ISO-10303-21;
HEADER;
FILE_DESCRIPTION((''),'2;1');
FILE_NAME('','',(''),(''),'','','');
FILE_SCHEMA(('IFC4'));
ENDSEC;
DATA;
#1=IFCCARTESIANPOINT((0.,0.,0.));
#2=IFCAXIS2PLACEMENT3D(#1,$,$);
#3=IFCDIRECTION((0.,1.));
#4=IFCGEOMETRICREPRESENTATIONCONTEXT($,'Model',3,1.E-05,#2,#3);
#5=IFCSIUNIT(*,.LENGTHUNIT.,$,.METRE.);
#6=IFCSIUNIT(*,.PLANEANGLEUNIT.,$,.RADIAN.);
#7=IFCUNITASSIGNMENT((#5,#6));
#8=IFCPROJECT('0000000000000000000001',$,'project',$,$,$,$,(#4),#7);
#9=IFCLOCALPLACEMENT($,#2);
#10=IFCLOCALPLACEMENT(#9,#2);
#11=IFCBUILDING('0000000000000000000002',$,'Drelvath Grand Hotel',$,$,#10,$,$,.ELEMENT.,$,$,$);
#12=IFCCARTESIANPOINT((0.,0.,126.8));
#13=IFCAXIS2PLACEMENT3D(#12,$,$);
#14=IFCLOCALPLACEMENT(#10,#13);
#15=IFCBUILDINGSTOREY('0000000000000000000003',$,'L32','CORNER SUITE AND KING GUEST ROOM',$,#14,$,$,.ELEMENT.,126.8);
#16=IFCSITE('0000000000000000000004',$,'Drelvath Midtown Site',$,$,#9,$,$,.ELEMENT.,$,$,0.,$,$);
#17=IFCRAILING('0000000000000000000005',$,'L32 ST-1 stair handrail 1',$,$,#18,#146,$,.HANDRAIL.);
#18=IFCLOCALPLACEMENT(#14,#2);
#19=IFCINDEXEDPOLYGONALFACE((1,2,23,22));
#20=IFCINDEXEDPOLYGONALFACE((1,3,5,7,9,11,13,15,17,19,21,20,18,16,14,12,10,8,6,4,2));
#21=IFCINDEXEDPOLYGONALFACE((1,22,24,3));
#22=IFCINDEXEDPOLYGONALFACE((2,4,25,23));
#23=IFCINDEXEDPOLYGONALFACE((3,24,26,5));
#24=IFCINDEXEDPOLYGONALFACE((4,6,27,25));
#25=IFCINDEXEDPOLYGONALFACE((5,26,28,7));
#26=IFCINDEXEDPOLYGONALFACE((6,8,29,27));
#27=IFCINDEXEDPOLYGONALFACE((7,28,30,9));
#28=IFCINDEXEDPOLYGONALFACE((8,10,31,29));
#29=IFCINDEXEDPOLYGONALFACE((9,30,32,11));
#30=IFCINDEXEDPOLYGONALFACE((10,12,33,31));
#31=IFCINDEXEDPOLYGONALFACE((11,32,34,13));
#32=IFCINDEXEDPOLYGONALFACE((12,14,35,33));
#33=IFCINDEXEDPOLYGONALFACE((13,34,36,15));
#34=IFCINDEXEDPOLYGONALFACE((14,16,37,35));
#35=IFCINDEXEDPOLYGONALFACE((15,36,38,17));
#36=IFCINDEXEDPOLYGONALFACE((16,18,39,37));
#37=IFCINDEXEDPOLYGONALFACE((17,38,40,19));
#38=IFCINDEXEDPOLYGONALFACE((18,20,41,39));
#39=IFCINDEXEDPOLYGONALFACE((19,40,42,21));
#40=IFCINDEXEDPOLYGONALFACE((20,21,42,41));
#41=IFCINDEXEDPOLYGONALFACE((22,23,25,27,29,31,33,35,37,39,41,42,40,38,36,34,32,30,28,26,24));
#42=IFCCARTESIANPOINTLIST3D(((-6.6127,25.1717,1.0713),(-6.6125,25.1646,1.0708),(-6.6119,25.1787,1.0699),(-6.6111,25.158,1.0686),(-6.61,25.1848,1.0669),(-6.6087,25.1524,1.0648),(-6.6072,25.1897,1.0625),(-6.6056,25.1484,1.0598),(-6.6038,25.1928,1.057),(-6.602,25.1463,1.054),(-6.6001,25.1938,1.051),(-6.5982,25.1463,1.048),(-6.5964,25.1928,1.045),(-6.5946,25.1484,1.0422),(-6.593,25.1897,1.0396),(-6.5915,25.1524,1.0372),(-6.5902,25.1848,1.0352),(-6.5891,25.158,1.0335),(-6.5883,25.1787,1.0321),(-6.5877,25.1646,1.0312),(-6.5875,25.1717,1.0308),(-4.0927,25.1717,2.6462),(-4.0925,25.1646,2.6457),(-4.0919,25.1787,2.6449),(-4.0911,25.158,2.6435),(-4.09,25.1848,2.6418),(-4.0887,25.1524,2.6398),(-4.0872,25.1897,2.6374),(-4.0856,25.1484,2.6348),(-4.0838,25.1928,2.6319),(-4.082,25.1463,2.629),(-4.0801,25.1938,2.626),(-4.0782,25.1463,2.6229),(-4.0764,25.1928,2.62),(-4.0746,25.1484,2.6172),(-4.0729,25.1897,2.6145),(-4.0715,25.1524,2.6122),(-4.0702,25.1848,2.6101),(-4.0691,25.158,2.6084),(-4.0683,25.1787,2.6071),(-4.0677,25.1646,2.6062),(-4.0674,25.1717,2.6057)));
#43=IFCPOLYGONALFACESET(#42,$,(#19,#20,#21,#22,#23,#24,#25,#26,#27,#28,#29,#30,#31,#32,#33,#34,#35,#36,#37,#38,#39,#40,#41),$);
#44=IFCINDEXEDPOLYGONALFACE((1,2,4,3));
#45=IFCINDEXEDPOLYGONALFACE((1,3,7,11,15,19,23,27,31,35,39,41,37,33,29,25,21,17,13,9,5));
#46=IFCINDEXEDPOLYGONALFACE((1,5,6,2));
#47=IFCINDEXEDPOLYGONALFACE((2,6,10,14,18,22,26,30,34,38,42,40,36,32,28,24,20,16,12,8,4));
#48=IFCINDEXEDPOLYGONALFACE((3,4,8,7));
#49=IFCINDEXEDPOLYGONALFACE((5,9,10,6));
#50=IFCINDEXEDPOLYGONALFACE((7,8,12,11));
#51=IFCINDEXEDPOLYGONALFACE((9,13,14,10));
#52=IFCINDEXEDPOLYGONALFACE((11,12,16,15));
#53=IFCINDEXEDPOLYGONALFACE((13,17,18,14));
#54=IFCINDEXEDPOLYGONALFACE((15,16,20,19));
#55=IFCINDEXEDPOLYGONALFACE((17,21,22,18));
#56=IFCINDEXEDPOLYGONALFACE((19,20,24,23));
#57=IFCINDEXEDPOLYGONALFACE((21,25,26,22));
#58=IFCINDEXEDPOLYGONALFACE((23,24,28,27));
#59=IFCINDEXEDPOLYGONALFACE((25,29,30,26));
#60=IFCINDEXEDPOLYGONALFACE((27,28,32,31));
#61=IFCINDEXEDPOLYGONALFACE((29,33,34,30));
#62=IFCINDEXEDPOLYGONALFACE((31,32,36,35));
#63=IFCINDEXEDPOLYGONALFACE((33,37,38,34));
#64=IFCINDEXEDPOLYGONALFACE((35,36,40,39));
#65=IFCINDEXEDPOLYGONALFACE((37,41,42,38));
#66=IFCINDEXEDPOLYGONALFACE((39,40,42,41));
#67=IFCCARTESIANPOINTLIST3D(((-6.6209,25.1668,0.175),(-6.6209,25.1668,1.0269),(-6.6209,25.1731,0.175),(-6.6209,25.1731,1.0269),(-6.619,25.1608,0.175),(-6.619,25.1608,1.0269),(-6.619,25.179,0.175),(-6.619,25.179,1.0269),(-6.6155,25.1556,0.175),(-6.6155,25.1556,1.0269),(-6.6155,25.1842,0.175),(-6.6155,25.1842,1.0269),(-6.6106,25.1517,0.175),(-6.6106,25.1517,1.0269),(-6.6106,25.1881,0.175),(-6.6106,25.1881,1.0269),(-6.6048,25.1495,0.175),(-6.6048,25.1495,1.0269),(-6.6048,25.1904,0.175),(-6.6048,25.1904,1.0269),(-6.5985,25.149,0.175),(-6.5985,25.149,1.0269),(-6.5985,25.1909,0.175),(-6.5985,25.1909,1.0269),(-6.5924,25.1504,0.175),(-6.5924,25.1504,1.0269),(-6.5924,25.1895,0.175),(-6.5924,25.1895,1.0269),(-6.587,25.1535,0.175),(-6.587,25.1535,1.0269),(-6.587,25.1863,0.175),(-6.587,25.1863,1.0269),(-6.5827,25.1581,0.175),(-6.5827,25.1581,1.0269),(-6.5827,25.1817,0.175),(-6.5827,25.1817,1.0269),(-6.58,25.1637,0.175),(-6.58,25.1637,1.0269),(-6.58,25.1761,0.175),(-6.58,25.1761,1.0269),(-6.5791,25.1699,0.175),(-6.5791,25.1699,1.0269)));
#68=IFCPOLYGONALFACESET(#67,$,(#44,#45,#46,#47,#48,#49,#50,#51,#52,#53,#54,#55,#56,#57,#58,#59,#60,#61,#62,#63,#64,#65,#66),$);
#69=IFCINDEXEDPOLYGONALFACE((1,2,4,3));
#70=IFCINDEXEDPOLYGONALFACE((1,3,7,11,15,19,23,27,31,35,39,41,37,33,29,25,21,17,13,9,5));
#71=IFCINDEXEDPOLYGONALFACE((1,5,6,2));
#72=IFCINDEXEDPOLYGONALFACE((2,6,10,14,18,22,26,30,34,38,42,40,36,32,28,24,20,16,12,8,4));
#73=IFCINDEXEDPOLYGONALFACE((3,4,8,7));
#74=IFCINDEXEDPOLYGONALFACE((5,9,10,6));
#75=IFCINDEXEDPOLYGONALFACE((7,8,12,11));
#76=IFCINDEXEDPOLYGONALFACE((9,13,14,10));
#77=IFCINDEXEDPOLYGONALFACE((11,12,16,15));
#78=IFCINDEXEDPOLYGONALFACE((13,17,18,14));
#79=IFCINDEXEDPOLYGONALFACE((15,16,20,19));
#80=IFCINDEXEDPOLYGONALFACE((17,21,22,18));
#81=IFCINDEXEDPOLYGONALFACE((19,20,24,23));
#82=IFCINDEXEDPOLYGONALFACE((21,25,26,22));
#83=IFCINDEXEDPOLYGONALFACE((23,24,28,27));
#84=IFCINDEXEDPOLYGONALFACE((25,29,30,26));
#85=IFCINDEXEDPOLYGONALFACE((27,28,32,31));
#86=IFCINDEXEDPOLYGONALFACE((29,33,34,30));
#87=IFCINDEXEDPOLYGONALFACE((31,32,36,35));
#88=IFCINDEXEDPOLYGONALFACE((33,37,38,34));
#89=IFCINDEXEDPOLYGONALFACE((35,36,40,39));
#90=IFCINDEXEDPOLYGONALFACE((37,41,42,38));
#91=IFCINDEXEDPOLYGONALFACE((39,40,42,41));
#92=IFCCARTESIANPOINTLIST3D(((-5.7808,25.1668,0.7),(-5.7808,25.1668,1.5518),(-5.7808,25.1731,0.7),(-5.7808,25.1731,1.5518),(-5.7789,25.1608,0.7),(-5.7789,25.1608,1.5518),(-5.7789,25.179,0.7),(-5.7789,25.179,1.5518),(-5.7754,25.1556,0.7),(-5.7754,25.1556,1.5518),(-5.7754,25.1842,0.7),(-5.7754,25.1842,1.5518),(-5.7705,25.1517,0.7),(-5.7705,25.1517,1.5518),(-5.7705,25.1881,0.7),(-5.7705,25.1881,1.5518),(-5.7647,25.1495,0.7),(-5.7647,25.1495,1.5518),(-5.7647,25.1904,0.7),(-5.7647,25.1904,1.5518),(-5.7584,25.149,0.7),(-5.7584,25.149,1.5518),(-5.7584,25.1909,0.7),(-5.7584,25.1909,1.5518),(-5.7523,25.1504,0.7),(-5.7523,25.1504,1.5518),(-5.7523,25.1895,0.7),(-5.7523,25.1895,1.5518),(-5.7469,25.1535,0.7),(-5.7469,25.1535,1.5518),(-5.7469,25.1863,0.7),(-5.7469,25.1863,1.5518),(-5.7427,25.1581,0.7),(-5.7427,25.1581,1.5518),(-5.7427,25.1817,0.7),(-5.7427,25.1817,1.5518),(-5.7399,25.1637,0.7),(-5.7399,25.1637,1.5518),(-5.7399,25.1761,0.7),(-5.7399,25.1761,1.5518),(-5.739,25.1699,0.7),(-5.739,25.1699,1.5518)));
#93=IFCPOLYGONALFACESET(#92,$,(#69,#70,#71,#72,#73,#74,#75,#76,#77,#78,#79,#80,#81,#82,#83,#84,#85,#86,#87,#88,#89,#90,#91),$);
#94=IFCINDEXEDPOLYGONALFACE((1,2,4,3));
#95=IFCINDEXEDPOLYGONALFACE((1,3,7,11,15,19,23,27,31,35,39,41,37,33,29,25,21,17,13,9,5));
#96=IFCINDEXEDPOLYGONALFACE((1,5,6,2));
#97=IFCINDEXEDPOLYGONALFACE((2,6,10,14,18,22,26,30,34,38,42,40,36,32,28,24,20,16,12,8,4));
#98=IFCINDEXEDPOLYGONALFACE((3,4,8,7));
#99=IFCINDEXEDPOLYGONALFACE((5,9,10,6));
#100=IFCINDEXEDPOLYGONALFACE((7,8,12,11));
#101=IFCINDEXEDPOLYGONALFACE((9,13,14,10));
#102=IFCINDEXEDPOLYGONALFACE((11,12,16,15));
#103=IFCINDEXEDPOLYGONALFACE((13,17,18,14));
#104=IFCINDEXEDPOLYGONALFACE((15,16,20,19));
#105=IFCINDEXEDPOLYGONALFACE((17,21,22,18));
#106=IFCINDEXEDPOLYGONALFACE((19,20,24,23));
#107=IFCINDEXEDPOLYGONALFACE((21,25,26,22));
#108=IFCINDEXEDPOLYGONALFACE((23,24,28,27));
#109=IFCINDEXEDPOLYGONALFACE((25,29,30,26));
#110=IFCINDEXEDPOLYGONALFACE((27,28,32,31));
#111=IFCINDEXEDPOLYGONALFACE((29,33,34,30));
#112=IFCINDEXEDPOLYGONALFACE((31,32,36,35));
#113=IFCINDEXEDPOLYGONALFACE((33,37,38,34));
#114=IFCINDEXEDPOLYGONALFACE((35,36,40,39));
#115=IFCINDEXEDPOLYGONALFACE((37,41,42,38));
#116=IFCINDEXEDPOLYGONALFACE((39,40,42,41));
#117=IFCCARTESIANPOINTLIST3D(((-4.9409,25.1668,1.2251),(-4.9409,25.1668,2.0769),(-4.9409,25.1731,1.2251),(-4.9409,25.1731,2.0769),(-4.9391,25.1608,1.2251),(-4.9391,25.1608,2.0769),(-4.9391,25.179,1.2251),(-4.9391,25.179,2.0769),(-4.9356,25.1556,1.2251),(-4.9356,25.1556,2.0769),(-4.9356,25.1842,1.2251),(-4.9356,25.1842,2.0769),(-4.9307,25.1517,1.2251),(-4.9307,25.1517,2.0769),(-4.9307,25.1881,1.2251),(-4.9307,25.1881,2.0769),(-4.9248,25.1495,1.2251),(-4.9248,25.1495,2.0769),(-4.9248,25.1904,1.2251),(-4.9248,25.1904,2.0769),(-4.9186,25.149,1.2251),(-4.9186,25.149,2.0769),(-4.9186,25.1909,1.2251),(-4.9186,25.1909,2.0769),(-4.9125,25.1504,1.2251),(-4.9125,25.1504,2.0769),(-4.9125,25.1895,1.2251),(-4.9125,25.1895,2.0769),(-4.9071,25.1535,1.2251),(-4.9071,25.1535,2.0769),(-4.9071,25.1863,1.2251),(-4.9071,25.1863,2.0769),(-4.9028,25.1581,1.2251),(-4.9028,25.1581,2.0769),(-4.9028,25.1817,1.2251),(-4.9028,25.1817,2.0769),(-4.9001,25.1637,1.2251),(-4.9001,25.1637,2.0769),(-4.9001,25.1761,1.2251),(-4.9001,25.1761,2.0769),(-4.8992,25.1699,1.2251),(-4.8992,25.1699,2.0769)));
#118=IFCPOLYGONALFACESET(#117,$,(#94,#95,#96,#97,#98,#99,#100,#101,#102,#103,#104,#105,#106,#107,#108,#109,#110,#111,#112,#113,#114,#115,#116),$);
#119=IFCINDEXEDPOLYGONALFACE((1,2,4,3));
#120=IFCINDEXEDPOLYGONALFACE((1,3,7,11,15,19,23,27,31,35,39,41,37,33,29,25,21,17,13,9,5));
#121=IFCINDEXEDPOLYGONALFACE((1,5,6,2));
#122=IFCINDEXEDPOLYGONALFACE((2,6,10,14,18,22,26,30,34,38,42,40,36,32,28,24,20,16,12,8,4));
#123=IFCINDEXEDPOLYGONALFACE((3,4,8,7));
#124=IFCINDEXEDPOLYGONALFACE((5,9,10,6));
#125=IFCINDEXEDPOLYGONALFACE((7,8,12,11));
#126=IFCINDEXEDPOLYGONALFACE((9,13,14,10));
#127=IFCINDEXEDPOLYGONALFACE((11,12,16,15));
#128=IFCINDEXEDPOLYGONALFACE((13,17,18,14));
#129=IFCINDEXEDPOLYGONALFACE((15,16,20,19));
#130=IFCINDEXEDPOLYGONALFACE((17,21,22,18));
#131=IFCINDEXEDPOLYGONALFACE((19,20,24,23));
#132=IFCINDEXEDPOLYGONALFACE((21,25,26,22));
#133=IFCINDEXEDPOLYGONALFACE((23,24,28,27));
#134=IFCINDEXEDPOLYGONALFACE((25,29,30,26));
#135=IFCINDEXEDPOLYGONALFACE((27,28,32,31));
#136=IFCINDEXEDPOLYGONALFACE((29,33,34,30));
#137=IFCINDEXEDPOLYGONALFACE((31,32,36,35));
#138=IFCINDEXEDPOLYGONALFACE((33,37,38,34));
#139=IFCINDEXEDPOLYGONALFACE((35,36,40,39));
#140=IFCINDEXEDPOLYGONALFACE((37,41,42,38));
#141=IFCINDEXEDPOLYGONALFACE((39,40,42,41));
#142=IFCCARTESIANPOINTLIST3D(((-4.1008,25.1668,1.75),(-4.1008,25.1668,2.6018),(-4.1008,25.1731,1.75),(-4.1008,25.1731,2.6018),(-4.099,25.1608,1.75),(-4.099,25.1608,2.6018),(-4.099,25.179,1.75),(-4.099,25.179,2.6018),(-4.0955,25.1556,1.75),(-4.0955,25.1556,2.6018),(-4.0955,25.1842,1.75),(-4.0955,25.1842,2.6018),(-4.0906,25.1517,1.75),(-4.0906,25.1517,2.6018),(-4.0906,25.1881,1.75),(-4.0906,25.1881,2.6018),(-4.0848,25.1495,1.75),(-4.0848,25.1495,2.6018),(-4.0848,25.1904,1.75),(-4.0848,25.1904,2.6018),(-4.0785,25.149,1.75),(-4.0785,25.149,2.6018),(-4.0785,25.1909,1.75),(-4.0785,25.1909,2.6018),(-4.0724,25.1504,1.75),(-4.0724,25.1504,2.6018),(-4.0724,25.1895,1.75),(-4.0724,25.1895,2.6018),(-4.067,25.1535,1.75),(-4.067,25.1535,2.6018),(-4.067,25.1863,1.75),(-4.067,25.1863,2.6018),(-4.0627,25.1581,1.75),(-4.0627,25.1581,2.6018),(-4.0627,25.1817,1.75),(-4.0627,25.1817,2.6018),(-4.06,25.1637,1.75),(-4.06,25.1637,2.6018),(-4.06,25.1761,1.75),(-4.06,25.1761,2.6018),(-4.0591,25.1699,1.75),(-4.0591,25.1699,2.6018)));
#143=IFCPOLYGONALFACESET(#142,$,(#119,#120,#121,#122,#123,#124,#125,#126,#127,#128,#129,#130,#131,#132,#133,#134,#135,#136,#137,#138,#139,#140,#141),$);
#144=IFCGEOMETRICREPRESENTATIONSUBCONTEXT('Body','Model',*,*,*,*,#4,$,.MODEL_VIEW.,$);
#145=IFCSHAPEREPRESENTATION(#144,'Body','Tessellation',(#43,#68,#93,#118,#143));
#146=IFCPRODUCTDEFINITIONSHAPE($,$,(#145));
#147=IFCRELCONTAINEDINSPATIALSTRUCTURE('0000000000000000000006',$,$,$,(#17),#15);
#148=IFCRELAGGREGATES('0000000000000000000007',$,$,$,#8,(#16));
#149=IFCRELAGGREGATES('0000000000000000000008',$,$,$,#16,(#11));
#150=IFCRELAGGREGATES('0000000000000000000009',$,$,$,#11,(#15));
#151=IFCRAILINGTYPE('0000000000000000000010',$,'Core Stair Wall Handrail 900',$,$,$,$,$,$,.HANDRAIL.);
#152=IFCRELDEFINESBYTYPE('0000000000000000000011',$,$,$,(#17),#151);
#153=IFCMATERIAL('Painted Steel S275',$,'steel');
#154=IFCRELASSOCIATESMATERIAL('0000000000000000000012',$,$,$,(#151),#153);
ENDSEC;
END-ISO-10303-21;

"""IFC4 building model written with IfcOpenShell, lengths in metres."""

from ifc_helpers import new_model, si_unit, direction, frame, origin, origin_2d, place, context, subcontext, project, spatial, circle, extrude, material, type_object, element, save


model = new_model("IFC4")

# Units and contexts
model_context = context("Model", 3, precision=1e-05, world=origin(), true_north=direction((0.0, 1.0)))
body_context = subcontext(model_context, "Body", "Model", "MODEL_VIEW")
ifc_project = project(units=[si_unit("LENGTHUNIT", "METRE"), si_unit("PLANEANGLEUNIT", "RADIAN")], contexts=[model_context])

# Site, building, storey
site_placement = place(None, origin())
site = spatial("IfcSite", under=ifc_project, at=site_placement, Name="Drelvath Midtown Site", CompositionType="ELEMENT", RefElevation=0.0)
building_placement = place(site_placement, origin())
building = spatial("IfcBuilding", under=site, at=building_placement, Name="Drelvath Grand Hotel", CompositionType="ELEMENT")
storey_placement = place(building_placement, frame((0.0, 0.0, 126.8)))
storey = spatial("IfcBuildingStorey", under=building, at=storey_placement, Name="L32", Description="CORNER SUITE AND KING GUEST ROOM", CompositionType="ELEMENT", Elevation=126.8)

# Shared definitions
ifc_material_1 = material(Name="Painted Steel S275", Category="steel")

# Railing
railing_type_1 = type_object("IfcRailingType", Name="Core Stair Wall Handrail 900", PredefinedType="HANDRAIL", material=ifc_material_1)
railing_1_placement = place(storey_placement, frame((-6.6001, 25.1699, 0.175)))
element("IfcRailing", 1, at=railing_1_placement, inside=storey, type_object=railing_type_1, Name="L32 ST-1 stair handrail 1", PredefinedType="HANDRAIL", context=body_context, shape_type="SweptSolid", body=[
    extrude(circle(Radius=0.0239, at=origin_2d()), frame((0.0, 0.0, 0.876), z_axis=(0.848008, 0.0, 0.529984), x_axis=(0.0, 1.0, 0.0)), (0.0, 0.0, 1.0), 2.9717),
    extrude(circle(Radius=0.021, at=origin_2d()), origin(), (0.0, 0.0, 1.0), 0.8518),
    extrude(circle(Radius=0.021, at=origin_2d()), frame((0.8401, 0.0, 0.5249)), (0.0, 0.0, 1.0), 0.8518),
    extrude(circle(Radius=0.021, at=origin_2d()), frame((1.6799, 0.0, 1.05)), (0.0, 0.0, 1.0), 0.8518),
    extrude(circle(Radius=0.021, at=origin_2d()), frame((2.52, 0.0, 1.575)), (0.0, 0.0, 1.0), 0.8518),
])

save(model, "model.ifc")
